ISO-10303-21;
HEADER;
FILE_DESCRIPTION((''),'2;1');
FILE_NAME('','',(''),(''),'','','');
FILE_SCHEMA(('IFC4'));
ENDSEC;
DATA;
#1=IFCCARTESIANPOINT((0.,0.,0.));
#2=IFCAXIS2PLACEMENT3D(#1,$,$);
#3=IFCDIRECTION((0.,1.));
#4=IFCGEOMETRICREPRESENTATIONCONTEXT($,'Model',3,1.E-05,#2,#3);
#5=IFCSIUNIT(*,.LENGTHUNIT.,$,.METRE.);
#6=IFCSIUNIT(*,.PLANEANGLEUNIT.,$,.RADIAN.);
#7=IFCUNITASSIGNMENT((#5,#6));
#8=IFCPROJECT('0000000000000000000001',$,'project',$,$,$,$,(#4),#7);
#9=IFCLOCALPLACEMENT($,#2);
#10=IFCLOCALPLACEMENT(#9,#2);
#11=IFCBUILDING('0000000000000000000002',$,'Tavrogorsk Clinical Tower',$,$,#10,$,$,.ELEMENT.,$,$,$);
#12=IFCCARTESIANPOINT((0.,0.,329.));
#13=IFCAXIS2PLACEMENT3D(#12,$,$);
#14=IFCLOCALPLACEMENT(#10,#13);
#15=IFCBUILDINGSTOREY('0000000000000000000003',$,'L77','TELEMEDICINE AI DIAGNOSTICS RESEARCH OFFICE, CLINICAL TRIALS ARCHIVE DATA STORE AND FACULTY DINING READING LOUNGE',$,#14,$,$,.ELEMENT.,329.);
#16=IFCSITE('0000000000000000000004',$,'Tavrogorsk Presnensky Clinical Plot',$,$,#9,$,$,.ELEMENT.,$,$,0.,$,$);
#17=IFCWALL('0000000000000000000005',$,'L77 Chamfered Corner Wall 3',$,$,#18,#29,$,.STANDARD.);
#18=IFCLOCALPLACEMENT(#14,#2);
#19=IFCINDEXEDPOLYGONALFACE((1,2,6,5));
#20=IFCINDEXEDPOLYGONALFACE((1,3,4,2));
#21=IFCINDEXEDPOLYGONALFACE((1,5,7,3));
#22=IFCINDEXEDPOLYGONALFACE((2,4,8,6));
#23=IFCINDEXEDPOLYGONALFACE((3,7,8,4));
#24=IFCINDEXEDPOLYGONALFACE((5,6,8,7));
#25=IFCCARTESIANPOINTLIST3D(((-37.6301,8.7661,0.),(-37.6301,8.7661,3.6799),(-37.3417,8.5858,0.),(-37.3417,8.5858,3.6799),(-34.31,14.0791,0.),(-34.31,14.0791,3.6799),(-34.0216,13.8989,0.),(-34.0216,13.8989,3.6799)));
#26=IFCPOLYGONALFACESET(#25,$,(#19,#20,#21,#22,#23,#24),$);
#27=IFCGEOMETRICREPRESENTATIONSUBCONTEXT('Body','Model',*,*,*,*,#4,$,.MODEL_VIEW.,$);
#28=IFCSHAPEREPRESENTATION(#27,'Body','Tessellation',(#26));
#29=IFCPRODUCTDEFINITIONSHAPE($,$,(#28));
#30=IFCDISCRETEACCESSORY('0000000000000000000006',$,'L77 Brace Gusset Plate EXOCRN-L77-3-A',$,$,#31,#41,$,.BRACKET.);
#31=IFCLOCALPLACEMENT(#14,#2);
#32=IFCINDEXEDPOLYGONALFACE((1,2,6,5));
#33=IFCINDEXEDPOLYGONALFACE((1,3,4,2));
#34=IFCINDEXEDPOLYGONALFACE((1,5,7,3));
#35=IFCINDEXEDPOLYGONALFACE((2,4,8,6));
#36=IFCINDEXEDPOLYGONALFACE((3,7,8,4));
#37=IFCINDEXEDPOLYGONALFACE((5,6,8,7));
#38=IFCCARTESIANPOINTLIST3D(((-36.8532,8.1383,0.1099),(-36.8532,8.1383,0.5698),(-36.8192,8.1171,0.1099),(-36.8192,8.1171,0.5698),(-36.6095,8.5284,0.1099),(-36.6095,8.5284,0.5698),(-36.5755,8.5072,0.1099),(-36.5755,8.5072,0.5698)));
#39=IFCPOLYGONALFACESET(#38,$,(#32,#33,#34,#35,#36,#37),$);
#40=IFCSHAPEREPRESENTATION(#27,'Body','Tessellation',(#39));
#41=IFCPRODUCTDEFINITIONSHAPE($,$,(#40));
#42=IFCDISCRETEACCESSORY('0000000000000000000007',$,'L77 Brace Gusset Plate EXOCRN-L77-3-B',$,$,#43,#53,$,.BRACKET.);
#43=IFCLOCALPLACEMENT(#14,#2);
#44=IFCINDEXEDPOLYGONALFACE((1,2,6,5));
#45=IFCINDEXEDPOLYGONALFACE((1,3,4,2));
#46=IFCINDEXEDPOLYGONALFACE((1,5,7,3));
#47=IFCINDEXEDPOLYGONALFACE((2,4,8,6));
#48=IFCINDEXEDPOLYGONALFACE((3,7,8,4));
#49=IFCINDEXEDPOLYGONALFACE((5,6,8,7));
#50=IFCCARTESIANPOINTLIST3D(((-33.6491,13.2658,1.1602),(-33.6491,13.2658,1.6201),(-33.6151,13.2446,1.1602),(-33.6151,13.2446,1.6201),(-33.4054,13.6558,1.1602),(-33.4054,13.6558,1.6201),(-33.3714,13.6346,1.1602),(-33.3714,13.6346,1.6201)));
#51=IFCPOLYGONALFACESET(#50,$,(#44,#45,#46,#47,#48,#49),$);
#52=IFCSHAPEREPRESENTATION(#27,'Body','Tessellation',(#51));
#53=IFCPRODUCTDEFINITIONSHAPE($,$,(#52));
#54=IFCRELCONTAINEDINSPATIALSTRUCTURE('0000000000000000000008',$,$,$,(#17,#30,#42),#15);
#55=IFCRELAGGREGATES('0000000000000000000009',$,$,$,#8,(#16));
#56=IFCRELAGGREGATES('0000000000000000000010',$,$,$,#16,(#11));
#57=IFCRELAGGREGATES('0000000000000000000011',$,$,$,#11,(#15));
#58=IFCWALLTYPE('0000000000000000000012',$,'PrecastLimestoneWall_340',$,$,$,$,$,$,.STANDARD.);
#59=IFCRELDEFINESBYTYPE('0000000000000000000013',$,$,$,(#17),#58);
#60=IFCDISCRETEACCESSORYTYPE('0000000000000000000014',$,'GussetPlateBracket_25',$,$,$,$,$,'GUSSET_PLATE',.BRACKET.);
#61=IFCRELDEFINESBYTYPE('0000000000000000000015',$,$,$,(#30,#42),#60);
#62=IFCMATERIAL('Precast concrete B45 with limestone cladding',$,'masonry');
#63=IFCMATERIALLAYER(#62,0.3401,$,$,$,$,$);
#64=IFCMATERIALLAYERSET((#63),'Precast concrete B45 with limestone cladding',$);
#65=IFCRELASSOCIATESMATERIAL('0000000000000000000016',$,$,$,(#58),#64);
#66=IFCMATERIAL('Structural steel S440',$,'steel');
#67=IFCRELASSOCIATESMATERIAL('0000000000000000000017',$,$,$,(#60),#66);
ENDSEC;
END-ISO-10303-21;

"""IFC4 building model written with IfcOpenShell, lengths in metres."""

from ifc_helpers import new_model, si_unit, direction, frame, frame_2d, origin, origin_2d, place, context, subcontext, project, spatial, rectangle, extrude, material, layer, layer_set, type_object, element, save


model = new_model("IFC4")

# Units and contexts
model_context = context("Model", 3, precision=1e-05, world=origin(), true_north=direction((0.0, 1.0)))
body_context = subcontext(model_context, "Body", "Model", "MODEL_VIEW")
ifc_project = project(units=[si_unit("LENGTHUNIT", "METRE"), si_unit("PLANEANGLEUNIT", "RADIAN")], contexts=[model_context])

# Site, building, storey
site_placement = place(None, origin())
site = spatial("IfcSite", under=ifc_project, at=site_placement, Name="Tavrogorsk Presnensky Clinical Plot", CompositionType="ELEMENT", RefElevation=0.0)
building_placement = place(site_placement, origin())
building = spatial("IfcBuilding", under=site, at=building_placement, Name="Tavrogorsk Clinical Tower", CompositionType="ELEMENT")
storey_placement = place(building_placement, frame((0.0, 0.0, 329.0)))
storey = spatial("IfcBuildingStorey", under=building, at=storey_placement, Name="L77", Description="TELEMEDICINE AI DIAGNOSTICS RESEARCH OFFICE, CLINICAL TRIALS ARCHIVE DATA STORE AND FACULTY DINING READING LOUNGE", CompositionType="ELEMENT", Elevation=329.0)

# Shared definitions
ifc_material_1 = material(Name="Precast concrete B45 with limestone cladding", Category="masonry")
ifc_layer_1 = layer(ifc_material_1, 0.3401)
ifc_layer_set_1 = layer_set([ifc_layer_1], Name="Precast concrete B45 with limestone cladding")
wall_type_1 = type_object("IfcWallType", Name="PrecastLimestoneWall_340", PredefinedType="STANDARD", material=ifc_layer_set_1)

# Wall
wall_1_placement = place(storey_placement, frame((-34.1658, 13.989, 0.0), z_axis=(0.0, 0.0, 1.0), x_axis=(-0.529936, -0.848038, 0.0)))
element("IfcWall", 1, at=wall_1_placement, inside=storey, type_object=wall_type_1, Name="L77 Chamfered Corner Wall 3", PredefinedType="STANDARD", context=body_context, shape_type="SweptSolid", body=[
    extrude(rectangle(XDim=6.2651, YDim=0.3401, at=frame_2d((3.1326, 0.0))), origin(), (0.0, 0.0, 1.0), 3.6799),
])

# Discrete accessories
ifc_material_2 = material(Name="Structural steel S440", Category="steel")
discrete_accessory_type = type_object("IfcDiscreteAccessoryType", Name="GussetPlateBracket_25", ElementType="GUSSET_PLATE", PredefinedType="BRACKET", material=ifc_material_2)
for number, where, z_axis, x_axis, name in (
    (2, (-36.7144, 8.3228, 0.1099), (0.0, 0.0, 1.0), (0.529919, 0.848048, 0.0), "L77 Brace Gusset Plate EXOCRN-L77-3-A"),
    (3, (-33.5103, 13.4502, 1.1602), (0.0, 0.0, 1.0), (0.529919, 0.848048, 0.0), "L77 Brace Gusset Plate EXOCRN-L77-3-B"),
):
    element("IfcDiscreteAccessory", number, at=place(storey_placement, frame(where, z_axis=z_axis, x_axis=x_axis)), inside=storey, type_object=discrete_accessory_type, Name=name, PredefinedType="BRACKET", context=body_context, shape_type="SweptSolid", body=[
        extrude(rectangle(XDim=0.46, YDim=0.04, at=origin_2d()), origin(), (0.0, 0.0, 1.0), 0.46),
    ])

save(model, "model.ifc")
